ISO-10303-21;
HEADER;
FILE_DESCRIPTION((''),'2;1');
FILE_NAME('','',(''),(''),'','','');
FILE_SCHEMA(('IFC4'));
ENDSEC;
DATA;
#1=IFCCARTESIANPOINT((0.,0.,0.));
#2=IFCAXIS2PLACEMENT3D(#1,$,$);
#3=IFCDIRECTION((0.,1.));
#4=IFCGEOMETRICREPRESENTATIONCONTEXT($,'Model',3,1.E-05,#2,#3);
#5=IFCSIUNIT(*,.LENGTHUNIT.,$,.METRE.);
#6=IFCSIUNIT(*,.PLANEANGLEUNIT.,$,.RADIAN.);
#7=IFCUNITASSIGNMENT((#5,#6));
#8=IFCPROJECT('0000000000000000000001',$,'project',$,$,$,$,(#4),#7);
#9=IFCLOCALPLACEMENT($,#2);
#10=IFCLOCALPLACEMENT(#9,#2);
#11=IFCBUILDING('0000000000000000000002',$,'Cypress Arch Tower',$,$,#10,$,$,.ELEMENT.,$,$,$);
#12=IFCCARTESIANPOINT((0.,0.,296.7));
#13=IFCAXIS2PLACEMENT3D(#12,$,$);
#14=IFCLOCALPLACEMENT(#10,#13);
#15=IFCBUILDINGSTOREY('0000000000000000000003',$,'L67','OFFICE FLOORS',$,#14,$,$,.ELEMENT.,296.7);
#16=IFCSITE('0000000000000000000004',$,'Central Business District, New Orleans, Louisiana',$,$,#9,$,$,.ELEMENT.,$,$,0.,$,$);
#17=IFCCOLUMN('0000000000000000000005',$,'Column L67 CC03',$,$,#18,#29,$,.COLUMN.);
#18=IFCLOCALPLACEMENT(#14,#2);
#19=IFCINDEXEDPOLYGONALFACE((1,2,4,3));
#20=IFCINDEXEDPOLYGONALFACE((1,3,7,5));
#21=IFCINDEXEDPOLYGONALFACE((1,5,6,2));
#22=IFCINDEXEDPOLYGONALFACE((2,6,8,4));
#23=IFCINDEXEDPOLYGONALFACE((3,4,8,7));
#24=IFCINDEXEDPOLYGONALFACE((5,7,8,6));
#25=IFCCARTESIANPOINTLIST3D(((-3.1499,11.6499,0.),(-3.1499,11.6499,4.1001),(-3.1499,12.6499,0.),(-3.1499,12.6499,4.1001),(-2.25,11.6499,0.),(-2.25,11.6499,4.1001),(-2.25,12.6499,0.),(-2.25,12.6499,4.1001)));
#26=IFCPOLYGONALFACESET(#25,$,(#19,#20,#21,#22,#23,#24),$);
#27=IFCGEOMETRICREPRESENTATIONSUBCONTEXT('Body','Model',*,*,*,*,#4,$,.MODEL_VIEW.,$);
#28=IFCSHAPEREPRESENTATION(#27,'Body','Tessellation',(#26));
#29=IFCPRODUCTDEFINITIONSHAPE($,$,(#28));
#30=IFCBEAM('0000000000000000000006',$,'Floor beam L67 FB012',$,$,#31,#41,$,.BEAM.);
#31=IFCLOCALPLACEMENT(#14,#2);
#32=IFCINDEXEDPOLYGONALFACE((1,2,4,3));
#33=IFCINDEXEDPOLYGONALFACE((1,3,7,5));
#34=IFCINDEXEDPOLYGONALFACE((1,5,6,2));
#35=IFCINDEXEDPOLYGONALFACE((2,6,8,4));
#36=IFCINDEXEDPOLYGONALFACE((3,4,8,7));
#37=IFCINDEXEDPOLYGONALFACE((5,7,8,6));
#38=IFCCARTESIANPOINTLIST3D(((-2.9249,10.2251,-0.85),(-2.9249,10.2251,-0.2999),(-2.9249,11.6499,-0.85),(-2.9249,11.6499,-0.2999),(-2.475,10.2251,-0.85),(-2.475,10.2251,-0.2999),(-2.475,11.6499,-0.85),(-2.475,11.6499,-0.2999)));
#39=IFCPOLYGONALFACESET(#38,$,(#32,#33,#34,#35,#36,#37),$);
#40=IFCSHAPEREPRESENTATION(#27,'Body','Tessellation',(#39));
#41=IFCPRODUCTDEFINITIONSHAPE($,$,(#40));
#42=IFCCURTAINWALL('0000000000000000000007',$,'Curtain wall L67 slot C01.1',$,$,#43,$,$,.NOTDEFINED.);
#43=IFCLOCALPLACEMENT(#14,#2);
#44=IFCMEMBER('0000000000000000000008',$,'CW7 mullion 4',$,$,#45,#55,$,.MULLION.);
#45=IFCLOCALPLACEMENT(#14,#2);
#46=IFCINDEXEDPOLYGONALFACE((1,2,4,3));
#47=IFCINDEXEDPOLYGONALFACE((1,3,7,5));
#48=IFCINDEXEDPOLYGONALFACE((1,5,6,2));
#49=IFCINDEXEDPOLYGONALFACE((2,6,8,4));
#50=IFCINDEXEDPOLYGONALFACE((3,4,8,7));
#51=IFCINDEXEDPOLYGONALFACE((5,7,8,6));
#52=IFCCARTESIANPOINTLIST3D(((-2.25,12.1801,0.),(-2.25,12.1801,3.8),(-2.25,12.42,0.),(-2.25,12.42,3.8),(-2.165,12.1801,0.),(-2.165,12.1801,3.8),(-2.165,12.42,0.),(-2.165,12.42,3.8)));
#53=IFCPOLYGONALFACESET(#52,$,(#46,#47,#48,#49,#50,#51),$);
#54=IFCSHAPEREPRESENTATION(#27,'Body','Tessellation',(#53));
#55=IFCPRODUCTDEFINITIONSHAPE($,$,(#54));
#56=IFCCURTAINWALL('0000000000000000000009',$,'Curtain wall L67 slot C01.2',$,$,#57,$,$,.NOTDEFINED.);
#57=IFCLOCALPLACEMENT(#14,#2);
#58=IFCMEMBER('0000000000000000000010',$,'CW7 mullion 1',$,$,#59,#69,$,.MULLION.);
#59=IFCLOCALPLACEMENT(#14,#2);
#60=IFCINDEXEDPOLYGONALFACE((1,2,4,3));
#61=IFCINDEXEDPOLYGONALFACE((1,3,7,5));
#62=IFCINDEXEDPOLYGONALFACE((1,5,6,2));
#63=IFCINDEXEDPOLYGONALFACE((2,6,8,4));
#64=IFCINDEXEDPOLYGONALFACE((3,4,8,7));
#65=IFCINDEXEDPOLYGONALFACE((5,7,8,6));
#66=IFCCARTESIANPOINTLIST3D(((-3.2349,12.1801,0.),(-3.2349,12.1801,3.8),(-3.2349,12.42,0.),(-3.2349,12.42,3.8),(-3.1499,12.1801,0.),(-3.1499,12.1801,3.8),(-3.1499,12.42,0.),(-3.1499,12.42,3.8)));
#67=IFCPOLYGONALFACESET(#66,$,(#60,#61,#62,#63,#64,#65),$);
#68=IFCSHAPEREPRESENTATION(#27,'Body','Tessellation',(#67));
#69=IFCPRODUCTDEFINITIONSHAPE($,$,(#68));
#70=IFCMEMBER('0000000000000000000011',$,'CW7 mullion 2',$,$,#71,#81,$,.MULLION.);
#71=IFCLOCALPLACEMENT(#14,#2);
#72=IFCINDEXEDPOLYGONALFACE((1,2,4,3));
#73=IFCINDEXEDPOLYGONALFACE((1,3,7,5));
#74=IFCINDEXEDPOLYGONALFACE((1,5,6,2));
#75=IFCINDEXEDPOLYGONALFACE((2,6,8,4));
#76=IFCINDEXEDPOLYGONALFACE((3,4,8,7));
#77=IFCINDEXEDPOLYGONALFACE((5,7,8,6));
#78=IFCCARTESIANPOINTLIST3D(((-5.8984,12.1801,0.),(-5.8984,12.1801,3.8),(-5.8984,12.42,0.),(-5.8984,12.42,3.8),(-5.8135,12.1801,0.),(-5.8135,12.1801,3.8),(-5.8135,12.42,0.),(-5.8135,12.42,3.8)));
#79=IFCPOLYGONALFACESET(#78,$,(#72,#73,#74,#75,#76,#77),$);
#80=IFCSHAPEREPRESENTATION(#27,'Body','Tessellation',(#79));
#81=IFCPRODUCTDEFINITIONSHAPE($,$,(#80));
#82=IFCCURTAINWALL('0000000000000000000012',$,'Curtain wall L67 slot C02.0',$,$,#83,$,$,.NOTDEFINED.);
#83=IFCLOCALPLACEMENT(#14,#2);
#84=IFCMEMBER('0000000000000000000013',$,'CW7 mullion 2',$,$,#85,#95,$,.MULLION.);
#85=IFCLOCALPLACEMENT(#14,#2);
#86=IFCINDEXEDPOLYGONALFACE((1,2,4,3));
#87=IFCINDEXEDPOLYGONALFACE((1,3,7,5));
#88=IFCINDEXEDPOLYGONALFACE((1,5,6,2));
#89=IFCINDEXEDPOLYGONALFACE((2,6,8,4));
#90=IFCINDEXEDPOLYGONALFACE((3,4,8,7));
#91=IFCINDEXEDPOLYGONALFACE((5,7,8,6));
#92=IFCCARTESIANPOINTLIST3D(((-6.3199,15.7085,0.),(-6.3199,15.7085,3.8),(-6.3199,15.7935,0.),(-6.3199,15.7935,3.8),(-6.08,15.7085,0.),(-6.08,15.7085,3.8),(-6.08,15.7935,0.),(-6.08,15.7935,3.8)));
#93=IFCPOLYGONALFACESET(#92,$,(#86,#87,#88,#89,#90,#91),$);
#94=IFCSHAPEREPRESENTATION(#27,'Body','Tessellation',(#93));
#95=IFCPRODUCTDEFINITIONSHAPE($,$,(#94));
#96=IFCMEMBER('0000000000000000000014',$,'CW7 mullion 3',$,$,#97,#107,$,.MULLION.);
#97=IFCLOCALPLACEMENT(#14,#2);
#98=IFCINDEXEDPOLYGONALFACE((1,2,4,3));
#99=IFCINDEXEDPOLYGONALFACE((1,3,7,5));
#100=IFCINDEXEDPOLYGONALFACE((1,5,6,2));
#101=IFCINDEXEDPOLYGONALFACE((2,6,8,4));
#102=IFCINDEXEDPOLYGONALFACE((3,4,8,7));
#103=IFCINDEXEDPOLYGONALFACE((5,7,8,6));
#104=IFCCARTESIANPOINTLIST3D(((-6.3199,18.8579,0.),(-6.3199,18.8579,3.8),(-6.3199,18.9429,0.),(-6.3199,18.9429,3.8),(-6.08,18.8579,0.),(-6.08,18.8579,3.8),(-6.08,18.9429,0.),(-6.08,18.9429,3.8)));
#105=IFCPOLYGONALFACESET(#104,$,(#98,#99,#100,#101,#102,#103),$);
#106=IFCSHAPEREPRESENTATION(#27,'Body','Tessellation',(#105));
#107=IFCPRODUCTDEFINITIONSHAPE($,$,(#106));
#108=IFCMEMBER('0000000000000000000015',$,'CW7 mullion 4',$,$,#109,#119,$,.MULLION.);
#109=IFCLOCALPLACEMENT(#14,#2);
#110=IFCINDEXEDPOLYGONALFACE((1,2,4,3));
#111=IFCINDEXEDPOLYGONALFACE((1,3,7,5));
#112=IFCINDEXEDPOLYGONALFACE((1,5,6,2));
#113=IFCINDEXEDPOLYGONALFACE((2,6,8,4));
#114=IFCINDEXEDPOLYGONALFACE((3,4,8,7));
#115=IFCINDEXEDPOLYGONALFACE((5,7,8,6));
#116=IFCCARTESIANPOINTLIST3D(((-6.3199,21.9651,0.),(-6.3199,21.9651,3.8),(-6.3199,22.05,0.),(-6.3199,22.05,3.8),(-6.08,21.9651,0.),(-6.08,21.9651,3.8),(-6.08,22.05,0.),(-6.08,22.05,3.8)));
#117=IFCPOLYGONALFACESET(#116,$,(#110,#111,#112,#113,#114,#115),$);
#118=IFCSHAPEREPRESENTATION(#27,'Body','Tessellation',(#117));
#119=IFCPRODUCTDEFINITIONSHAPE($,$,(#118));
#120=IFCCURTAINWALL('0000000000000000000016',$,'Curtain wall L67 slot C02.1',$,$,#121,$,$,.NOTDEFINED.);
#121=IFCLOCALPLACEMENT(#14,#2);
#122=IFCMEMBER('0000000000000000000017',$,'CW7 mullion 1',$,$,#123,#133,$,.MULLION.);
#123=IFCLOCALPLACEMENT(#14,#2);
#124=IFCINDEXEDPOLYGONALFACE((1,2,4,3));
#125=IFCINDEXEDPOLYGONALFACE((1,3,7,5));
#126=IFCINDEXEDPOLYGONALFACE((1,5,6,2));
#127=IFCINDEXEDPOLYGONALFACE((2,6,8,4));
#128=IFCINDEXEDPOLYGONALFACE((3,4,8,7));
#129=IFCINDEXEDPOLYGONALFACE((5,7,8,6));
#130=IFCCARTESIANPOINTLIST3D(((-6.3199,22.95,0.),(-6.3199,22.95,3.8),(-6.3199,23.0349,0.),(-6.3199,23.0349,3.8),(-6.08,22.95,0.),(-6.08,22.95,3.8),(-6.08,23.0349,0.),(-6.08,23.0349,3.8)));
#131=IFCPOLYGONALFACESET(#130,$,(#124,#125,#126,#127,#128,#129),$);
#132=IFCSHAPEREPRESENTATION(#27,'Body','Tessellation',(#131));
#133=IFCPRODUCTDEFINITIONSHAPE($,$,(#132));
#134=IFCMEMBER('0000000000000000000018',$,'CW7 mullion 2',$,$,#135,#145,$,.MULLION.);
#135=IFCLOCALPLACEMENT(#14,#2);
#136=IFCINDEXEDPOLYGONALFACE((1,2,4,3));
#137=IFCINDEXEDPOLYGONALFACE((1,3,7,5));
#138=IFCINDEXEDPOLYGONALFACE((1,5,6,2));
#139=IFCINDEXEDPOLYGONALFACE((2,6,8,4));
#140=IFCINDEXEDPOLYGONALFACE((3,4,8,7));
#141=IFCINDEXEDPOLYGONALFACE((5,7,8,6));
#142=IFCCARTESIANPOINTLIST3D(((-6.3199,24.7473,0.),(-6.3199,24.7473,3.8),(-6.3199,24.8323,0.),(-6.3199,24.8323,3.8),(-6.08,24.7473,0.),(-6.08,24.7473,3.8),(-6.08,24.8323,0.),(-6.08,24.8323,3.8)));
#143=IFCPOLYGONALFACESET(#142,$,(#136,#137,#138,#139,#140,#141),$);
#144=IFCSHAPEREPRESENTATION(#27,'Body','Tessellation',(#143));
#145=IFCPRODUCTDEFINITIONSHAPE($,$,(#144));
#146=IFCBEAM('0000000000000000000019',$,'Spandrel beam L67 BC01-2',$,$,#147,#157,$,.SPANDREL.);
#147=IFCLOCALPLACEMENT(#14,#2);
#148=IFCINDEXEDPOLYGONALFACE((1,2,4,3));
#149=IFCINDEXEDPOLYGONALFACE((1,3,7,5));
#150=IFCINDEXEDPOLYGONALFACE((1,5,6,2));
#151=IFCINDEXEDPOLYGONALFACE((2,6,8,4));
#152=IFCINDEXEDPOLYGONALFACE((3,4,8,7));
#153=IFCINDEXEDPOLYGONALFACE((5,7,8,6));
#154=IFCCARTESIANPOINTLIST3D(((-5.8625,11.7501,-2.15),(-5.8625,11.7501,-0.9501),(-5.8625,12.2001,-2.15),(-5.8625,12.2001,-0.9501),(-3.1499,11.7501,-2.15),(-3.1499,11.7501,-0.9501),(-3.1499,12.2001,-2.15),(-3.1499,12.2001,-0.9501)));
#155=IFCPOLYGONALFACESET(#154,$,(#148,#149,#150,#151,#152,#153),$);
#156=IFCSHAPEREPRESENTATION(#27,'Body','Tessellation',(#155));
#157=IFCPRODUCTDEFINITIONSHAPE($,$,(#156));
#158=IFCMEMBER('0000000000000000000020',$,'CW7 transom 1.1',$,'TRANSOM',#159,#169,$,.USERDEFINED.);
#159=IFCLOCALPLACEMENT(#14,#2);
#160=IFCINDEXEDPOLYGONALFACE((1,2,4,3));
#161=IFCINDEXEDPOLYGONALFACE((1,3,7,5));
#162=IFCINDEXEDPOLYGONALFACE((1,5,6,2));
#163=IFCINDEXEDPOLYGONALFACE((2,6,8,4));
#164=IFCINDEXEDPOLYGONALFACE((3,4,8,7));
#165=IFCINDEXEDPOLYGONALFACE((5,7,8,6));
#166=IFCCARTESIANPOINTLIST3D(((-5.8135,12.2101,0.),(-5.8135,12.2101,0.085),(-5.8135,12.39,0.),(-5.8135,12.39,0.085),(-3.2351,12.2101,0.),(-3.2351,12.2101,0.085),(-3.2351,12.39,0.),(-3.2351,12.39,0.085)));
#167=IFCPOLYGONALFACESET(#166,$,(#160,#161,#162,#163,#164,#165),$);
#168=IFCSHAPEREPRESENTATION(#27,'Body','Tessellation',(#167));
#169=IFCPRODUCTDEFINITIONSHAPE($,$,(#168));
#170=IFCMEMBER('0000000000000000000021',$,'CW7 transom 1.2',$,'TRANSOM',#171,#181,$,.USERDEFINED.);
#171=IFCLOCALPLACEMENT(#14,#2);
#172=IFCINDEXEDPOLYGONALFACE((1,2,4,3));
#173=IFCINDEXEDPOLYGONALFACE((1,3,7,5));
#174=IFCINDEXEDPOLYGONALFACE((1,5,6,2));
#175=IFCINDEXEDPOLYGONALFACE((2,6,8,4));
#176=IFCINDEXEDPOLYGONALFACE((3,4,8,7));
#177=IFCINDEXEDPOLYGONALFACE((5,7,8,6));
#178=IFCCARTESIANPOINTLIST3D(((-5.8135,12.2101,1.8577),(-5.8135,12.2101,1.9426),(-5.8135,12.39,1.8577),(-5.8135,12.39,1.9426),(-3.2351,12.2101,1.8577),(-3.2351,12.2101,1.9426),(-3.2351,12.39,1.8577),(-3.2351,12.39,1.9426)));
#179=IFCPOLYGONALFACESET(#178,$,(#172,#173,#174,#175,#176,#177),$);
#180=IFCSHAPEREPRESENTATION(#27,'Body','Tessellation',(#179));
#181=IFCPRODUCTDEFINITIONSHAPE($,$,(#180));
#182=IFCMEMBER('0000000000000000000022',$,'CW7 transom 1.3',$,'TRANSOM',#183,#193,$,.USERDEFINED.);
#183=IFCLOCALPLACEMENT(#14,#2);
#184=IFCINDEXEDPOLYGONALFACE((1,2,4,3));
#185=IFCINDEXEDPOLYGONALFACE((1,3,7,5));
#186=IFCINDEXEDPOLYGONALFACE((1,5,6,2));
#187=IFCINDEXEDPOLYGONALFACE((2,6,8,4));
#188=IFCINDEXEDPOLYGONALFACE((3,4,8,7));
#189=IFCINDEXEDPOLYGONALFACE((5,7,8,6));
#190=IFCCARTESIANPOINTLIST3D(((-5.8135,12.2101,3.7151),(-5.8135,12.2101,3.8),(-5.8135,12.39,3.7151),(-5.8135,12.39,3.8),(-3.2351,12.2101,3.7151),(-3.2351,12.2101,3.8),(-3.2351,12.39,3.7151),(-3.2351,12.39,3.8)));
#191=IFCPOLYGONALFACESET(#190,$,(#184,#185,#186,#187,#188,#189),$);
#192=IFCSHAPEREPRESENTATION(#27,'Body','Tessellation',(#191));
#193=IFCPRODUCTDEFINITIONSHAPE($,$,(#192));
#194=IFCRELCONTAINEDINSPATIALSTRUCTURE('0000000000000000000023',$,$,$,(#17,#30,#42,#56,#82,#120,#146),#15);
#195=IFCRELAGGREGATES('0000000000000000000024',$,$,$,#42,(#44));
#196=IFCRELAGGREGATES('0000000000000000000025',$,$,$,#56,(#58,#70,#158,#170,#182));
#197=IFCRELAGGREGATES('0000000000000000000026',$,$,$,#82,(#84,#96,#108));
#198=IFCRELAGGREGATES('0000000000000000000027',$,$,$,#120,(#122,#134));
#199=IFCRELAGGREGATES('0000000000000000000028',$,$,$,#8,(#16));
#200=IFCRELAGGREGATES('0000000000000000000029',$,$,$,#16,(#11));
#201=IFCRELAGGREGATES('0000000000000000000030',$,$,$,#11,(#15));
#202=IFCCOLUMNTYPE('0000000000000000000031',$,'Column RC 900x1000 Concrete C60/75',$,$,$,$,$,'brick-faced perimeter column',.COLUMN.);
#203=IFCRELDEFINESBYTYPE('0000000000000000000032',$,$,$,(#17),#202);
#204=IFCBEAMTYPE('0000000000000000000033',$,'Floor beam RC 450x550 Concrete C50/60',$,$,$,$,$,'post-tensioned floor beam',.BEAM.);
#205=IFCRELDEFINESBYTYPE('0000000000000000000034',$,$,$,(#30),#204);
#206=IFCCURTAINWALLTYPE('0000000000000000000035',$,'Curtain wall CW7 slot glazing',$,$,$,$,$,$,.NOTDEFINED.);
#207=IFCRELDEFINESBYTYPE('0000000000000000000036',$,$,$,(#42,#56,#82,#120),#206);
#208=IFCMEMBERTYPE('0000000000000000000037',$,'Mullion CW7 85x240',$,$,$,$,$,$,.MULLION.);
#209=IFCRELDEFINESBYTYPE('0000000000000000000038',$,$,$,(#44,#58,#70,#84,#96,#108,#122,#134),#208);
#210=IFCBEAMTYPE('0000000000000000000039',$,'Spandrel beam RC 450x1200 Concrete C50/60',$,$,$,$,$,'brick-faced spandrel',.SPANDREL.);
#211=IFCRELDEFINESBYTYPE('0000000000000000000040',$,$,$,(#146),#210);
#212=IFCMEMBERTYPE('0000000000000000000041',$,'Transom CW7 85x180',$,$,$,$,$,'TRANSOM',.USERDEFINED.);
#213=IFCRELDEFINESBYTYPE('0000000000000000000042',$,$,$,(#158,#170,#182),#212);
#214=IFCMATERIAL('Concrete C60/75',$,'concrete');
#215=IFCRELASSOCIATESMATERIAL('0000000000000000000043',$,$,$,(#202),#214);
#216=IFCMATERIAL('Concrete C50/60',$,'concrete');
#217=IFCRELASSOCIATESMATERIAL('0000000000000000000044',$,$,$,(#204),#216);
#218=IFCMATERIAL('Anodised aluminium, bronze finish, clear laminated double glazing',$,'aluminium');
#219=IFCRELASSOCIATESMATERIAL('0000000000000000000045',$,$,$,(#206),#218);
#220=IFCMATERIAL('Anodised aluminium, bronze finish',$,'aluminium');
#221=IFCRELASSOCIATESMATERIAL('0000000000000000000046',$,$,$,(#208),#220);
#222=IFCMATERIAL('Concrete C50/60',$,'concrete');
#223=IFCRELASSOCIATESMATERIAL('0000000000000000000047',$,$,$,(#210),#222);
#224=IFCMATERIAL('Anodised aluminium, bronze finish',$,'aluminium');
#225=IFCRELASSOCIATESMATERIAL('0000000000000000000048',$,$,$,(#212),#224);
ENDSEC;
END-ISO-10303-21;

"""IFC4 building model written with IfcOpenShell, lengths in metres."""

from ifc_helpers import new_model, si_unit, direction, frame, origin, origin_2d, place, context, subcontext, project, spatial, rectangle, extrude, material, material_profile, profile_set, type_object, element, aggregate, save


model = new_model("IFC4")

# Units and contexts
model_context = context("Model", 3, precision=1e-05, world=origin(), true_north=direction((0.0, 1.0)))
body_context = subcontext(model_context, "Body", "Model", "MODEL_VIEW")
ifc_project = project(units=[si_unit("LENGTHUNIT", "METRE"), si_unit("PLANEANGLEUNIT", "RADIAN")], contexts=[model_context])

# Site, building, storey
site_placement = place(None, origin())
site = spatial("IfcSite", under=ifc_project, at=site_placement, Name="Central Business District, New Orleans, Louisiana", CompositionType="ELEMENT", RefElevation=0.0)
building_placement = place(site_placement, origin())
building = spatial("IfcBuilding", under=site, at=building_placement, Name="Cypress Arch Tower", CompositionType="ELEMENT")
storey_placement = place(building_placement, frame((0.0, 0.0, 296.7)))
storey = spatial("IfcBuildingStorey", under=building, at=storey_placement, Name="L67", Description="OFFICE FLOORS", CompositionType="ELEMENT", Elevation=296.7)

# Column
ifc_material_1 = material(Name="Concrete C60/75", Category="concrete")
ifc_material_profile_1 = material_profile(ifc_material_1, rectangle(XDim=0.8999, YDim=1.0, at=origin_2d()), Name="RC 900x1000")
ifc_profile_set_1 = profile_set([ifc_material_profile_1], Name="Concrete C60/75")
column_type = type_object("IfcColumnType", Name="Column RC 900x1000 Concrete C60/75", ElementType="brick-faced perimeter column", PredefinedType="COLUMN", material=ifc_profile_set_1)
column_placement = place(storey_placement, frame((-2.7, 12.1499, 0.0), z_axis=(0.0, 0.0, 1.0), x_axis=(-1.0, 0.0, 0.0)))
element("IfcColumn", 1, at=column_placement, inside=storey, type_object=column_type, Name="Column L67 CC03", PredefinedType="COLUMN", context=body_context, shape_type="SweptSolid", body=[
    extrude(rectangle(XDim=0.8999, YDim=1.0, at=origin_2d()), origin(), (0.0, 0.0, 1.0), 4.1001),
])

# Beam
ifc_material_2 = material(Name="Concrete C50/60", Category="concrete")
ifc_material_profile_2 = material_profile(ifc_material_2, rectangle(XDim=0.45, YDim=0.55, at=origin_2d()), Name="RC 450x550")
ifc_profile_set_2 = profile_set([ifc_material_profile_2], Name="Concrete C50/60")
beam_type_1 = type_object("IfcBeamType", Name="Floor beam RC 450x550 Concrete C50/60", ElementType="post-tensioned floor beam", PredefinedType="BEAM", material=ifc_profile_set_2)
beam_1_placement = place(storey_placement, frame((-2.7, 10.2251, -0.575), z_axis=(0.0, 1.0, 0.0), x_axis=(-1.0, 0.0, 0.0)))
element("IfcBeam", 2, at=beam_1_placement, inside=storey, type_object=beam_type_1, Name="Floor beam L67 FB012", PredefinedType="BEAM", context=body_context, shape_type="SweptSolid", body=[
    extrude(rectangle(XDim=0.45, YDim=0.55, at=origin_2d()), origin(), (0.0, 0.0, 1.0), 1.4248),
])

# Curtain wall, member
ifc_material_3 = material(Name="Anodised aluminium, bronze finish, clear laminated double glazing", Category="aluminium")
curtain_wall_type = type_object("IfcCurtainWallType", Name="Curtain wall CW7 slot glazing", PredefinedType="NOTDEFINED", material=ifc_material_3)
curtain_wall_1_placement = place(storey_placement, origin())
curtain_wall_1 = element("IfcCurtainWall", 3, at=curtain_wall_1_placement, inside=storey, type_object=curtain_wall_type, Name="Curtain wall L67 slot C01.1", PredefinedType="NOTDEFINED")
ifc_material_4 = material(Name="Anodised aluminium, bronze finish", Category="aluminium")
ifc_material_profile_3 = material_profile(ifc_material_4, rectangle(XDim=0.24, YDim=0.085, at=origin_2d()), Name="Mullion 85x240")
ifc_profile_set_3 = profile_set([ifc_material_profile_3], Name="Anodised aluminium, bronze finish")
member_type_1 = type_object("IfcMemberType", Name="Mullion CW7 85x240", PredefinedType="MULLION", material=ifc_profile_set_3)
member_1_placement = place(storey_placement, frame((-2.2075, 12.3, 0.0), z_axis=(0.0, 0.0, 1.0), x_axis=(0.0, -1.0, 0.0)))
member_1 = element("IfcMember", 4, at=member_1_placement, type_object=member_type_1, Name="CW7 mullion 4", PredefinedType="MULLION", context=body_context, shape_type="SweptSolid", body=[
    extrude(rectangle(XDim=0.24, YDim=0.085, at=origin_2d()), origin(), (0.0, 0.0, 1.0), 3.8),
])

# Curtain walls, members
curtain_wall_2_placement = place(storey_placement, origin())
curtain_wall_2 = element("IfcCurtainWall", 5, at=curtain_wall_2_placement, inside=storey, type_object=curtain_wall_type, Name="Curtain wall L67 slot C01.2", PredefinedType="NOTDEFINED")
member_2_placement = place(storey_placement, frame((-3.1924, 12.3, 0.0), z_axis=(0.0, 0.0, 1.0), x_axis=(0.0, -1.0, 0.0)))
member_2 = element("IfcMember", 6, at=member_2_placement, type_object=member_type_1, Name="CW7 mullion 1", PredefinedType="MULLION", context=body_context, shape_type="SweptSolid", body=[
    extrude(rectangle(XDim=0.24, YDim=0.085, at=origin_2d()), origin(), (0.0, 0.0, 1.0), 3.8),
])
member_3_placement = place(storey_placement, frame((-5.856, 12.3, 0.0), z_axis=(0.0, 0.0, 1.0), x_axis=(0.0, -1.0, 0.0)))
member_3 = element("IfcMember", 7, at=member_3_placement, type_object=member_type_1, Name="CW7 mullion 2", PredefinedType="MULLION", context=body_context, shape_type="SweptSolid", body=[
    extrude(rectangle(XDim=0.24, YDim=0.085, at=origin_2d()), origin(), (0.0, 0.0, 1.0), 3.8),
])
curtain_wall_3_placement = place(storey_placement, origin())
curtain_wall_3 = element("IfcCurtainWall", 8, at=curtain_wall_3_placement, inside=storey, type_object=curtain_wall_type, Name="Curtain wall L67 slot C02.0", PredefinedType="NOTDEFINED")
member_4_placement = place(storey_placement, frame((-6.2, 15.751, 0.0), z_axis=(0.0, 0.0, 1.0), x_axis=(-1.0, 0.0, 0.0)))
member_4 = element("IfcMember", 9, at=member_4_placement, type_object=member_type_1, Name="CW7 mullion 2", PredefinedType="MULLION", context=body_context, shape_type="SweptSolid", body=[
    extrude(rectangle(XDim=0.24, YDim=0.085, at=origin_2d()), origin(), (0.0, 0.0, 1.0), 3.8),
])
member_5_placement = place(storey_placement, frame((-6.2, 18.9004, 0.0), z_axis=(0.0, 0.0, 1.0), x_axis=(-1.0, 0.0, 0.0)))
member_5 = element("IfcMember", 10, at=member_5_placement, type_object=member_type_1, Name="CW7 mullion 3", PredefinedType="MULLION", context=body_context, shape_type="SweptSolid", body=[
    extrude(rectangle(XDim=0.24, YDim=0.085, at=origin_2d()), origin(), (0.0, 0.0, 1.0), 3.8),
])
member_6_placement = place(storey_placement, frame((-6.2, 22.0076, 0.0), z_axis=(0.0, 0.0, 1.0), x_axis=(-1.0, 0.0, 0.0)))
member_6 = element("IfcMember", 11, at=member_6_placement, type_object=member_type_1, Name="CW7 mullion 4", PredefinedType="MULLION", context=body_context, shape_type="SweptSolid", body=[
    extrude(rectangle(XDim=0.24, YDim=0.085, at=origin_2d()), origin(), (0.0, 0.0, 1.0), 3.8),
])
curtain_wall_4_placement = place(storey_placement, origin())
curtain_wall_4 = element("IfcCurtainWall", 12, at=curtain_wall_4_placement, inside=storey, type_object=curtain_wall_type, Name="Curtain wall L67 slot C02.1", PredefinedType="NOTDEFINED")
member_7_placement = place(storey_placement, frame((-6.2, 22.9924, 0.0), z_axis=(0.0, 0.0, 1.0), x_axis=(-1.0, 0.0, 0.0)))
member_7 = element("IfcMember", 13, at=member_7_placement, type_object=member_type_1, Name="CW7 mullion 1", PredefinedType="MULLION", context=body_context, shape_type="SweptSolid", body=[
    extrude(rectangle(XDim=0.24, YDim=0.085, at=origin_2d()), origin(), (0.0, 0.0, 1.0), 3.8),
])
member_8_placement = place(storey_placement, frame((-6.2, 24.7898, 0.0), z_axis=(0.0, 0.0, 1.0), x_axis=(-1.0, 0.0, 0.0)))
member_8 = element("IfcMember", 14, at=member_8_placement, type_object=member_type_1, Name="CW7 mullion 2", PredefinedType="MULLION", context=body_context, shape_type="SweptSolid", body=[
    extrude(rectangle(XDim=0.24, YDim=0.085, at=origin_2d()), origin(), (0.0, 0.0, 1.0), 3.8),
])

# Beam
ifc_material_5 = material(Name="Concrete C50/60", Category="concrete")
ifc_material_profile_4 = material_profile(ifc_material_5, rectangle(XDim=0.45, YDim=1.2, at=origin_2d()), Name="RC 450x1200")
ifc_profile_set_4 = profile_set([ifc_material_profile_4], Name="Concrete C50/60")
beam_type_2 = type_object("IfcBeamType", Name="Spandrel beam RC 450x1200 Concrete C50/60", ElementType="brick-faced spandrel", PredefinedType="SPANDREL", material=ifc_profile_set_4)
beam_2_placement = place(storey_placement, frame((-3.1499, 11.9751, -1.55), z_axis=(-1.0, 0.0, 0.0), x_axis=(0.0, -1.0, 0.0)))
element("IfcBeam", 15, at=beam_2_placement, inside=storey, type_object=beam_type_2, Name="Spandrel beam L67 BC01-2", PredefinedType="SPANDREL", context=body_context, shape_type="SweptSolid", body=[
    extrude(rectangle(XDim=0.45, YDim=1.2, at=origin_2d()), origin(), (0.0, 0.0, 1.0), 2.7126),
])

# Members
ifc_material_6 = material(Name="Anodised aluminium, bronze finish", Category="aluminium")
ifc_material_profile_5 = material_profile(ifc_material_6, rectangle(XDim=0.1799, YDim=0.085, at=origin_2d()), Name="Transom 85x180")
ifc_profile_set_5 = profile_set([ifc_material_profile_5], Name="Anodised aluminium, bronze finish")
member_type_2 = type_object("IfcMemberType", Name="Transom CW7 85x180", ElementType="TRANSOM", PredefinedType="USERDEFINED", material=ifc_profile_set_5)
member_9_placement = place(storey_placement, frame((-3.2351, 12.3, 0.0425), z_axis=(-1.0, 0.0, 0.0), x_axis=(0.0, -1.0, 0.0)))
member_9 = element("IfcMember", 16, at=member_9_placement, type_object=member_type_2, Name="CW7 transom 1.1", ObjectType="TRANSOM", PredefinedType="USERDEFINED", context=body_context, shape_type="SweptSolid", body=[
    extrude(rectangle(XDim=0.1799, YDim=0.085, at=origin_2d()), origin(), (0.0, 0.0, 1.0), 2.5784),
])
member_10_placement = place(storey_placement, frame((-3.2351, 12.3, 1.9001), z_axis=(-1.0, 0.0, 0.0), x_axis=(0.0, -1.0, 0.0)))
member_10 = element("IfcMember", 17, at=member_10_placement, type_object=member_type_2, Name="CW7 transom 1.2", ObjectType="TRANSOM", PredefinedType="USERDEFINED", context=body_context, shape_type="SweptSolid", body=[
    extrude(rectangle(XDim=0.1799, YDim=0.085, at=origin_2d()), origin(), (0.0, 0.0, 1.0), 2.5784),
])
member_11_placement = place(storey_placement, frame((-3.2351, 12.3, 3.7576), z_axis=(-1.0, 0.0, 0.0), x_axis=(0.0, -1.0, 0.0)))
member_11 = element("IfcMember", 18, at=member_11_placement, type_object=member_type_2, Name="CW7 transom 1.3", ObjectType="TRANSOM", PredefinedType="USERDEFINED", context=body_context, shape_type="SweptSolid", body=[
    extrude(rectangle(XDim=0.1799, YDim=0.085, at=origin_2d()), origin(), (0.0, 0.0, 1.0), 2.5784),
])

aggregate(curtain_wall_1, [member_1])
aggregate(curtain_wall_2, [member_2, member_3, member_9, member_10, member_11])
aggregate(curtain_wall_3, [member_4, member_5, member_6])
aggregate(curtain_wall_4, [member_7, member_8])

save(model, "model.ifc")
